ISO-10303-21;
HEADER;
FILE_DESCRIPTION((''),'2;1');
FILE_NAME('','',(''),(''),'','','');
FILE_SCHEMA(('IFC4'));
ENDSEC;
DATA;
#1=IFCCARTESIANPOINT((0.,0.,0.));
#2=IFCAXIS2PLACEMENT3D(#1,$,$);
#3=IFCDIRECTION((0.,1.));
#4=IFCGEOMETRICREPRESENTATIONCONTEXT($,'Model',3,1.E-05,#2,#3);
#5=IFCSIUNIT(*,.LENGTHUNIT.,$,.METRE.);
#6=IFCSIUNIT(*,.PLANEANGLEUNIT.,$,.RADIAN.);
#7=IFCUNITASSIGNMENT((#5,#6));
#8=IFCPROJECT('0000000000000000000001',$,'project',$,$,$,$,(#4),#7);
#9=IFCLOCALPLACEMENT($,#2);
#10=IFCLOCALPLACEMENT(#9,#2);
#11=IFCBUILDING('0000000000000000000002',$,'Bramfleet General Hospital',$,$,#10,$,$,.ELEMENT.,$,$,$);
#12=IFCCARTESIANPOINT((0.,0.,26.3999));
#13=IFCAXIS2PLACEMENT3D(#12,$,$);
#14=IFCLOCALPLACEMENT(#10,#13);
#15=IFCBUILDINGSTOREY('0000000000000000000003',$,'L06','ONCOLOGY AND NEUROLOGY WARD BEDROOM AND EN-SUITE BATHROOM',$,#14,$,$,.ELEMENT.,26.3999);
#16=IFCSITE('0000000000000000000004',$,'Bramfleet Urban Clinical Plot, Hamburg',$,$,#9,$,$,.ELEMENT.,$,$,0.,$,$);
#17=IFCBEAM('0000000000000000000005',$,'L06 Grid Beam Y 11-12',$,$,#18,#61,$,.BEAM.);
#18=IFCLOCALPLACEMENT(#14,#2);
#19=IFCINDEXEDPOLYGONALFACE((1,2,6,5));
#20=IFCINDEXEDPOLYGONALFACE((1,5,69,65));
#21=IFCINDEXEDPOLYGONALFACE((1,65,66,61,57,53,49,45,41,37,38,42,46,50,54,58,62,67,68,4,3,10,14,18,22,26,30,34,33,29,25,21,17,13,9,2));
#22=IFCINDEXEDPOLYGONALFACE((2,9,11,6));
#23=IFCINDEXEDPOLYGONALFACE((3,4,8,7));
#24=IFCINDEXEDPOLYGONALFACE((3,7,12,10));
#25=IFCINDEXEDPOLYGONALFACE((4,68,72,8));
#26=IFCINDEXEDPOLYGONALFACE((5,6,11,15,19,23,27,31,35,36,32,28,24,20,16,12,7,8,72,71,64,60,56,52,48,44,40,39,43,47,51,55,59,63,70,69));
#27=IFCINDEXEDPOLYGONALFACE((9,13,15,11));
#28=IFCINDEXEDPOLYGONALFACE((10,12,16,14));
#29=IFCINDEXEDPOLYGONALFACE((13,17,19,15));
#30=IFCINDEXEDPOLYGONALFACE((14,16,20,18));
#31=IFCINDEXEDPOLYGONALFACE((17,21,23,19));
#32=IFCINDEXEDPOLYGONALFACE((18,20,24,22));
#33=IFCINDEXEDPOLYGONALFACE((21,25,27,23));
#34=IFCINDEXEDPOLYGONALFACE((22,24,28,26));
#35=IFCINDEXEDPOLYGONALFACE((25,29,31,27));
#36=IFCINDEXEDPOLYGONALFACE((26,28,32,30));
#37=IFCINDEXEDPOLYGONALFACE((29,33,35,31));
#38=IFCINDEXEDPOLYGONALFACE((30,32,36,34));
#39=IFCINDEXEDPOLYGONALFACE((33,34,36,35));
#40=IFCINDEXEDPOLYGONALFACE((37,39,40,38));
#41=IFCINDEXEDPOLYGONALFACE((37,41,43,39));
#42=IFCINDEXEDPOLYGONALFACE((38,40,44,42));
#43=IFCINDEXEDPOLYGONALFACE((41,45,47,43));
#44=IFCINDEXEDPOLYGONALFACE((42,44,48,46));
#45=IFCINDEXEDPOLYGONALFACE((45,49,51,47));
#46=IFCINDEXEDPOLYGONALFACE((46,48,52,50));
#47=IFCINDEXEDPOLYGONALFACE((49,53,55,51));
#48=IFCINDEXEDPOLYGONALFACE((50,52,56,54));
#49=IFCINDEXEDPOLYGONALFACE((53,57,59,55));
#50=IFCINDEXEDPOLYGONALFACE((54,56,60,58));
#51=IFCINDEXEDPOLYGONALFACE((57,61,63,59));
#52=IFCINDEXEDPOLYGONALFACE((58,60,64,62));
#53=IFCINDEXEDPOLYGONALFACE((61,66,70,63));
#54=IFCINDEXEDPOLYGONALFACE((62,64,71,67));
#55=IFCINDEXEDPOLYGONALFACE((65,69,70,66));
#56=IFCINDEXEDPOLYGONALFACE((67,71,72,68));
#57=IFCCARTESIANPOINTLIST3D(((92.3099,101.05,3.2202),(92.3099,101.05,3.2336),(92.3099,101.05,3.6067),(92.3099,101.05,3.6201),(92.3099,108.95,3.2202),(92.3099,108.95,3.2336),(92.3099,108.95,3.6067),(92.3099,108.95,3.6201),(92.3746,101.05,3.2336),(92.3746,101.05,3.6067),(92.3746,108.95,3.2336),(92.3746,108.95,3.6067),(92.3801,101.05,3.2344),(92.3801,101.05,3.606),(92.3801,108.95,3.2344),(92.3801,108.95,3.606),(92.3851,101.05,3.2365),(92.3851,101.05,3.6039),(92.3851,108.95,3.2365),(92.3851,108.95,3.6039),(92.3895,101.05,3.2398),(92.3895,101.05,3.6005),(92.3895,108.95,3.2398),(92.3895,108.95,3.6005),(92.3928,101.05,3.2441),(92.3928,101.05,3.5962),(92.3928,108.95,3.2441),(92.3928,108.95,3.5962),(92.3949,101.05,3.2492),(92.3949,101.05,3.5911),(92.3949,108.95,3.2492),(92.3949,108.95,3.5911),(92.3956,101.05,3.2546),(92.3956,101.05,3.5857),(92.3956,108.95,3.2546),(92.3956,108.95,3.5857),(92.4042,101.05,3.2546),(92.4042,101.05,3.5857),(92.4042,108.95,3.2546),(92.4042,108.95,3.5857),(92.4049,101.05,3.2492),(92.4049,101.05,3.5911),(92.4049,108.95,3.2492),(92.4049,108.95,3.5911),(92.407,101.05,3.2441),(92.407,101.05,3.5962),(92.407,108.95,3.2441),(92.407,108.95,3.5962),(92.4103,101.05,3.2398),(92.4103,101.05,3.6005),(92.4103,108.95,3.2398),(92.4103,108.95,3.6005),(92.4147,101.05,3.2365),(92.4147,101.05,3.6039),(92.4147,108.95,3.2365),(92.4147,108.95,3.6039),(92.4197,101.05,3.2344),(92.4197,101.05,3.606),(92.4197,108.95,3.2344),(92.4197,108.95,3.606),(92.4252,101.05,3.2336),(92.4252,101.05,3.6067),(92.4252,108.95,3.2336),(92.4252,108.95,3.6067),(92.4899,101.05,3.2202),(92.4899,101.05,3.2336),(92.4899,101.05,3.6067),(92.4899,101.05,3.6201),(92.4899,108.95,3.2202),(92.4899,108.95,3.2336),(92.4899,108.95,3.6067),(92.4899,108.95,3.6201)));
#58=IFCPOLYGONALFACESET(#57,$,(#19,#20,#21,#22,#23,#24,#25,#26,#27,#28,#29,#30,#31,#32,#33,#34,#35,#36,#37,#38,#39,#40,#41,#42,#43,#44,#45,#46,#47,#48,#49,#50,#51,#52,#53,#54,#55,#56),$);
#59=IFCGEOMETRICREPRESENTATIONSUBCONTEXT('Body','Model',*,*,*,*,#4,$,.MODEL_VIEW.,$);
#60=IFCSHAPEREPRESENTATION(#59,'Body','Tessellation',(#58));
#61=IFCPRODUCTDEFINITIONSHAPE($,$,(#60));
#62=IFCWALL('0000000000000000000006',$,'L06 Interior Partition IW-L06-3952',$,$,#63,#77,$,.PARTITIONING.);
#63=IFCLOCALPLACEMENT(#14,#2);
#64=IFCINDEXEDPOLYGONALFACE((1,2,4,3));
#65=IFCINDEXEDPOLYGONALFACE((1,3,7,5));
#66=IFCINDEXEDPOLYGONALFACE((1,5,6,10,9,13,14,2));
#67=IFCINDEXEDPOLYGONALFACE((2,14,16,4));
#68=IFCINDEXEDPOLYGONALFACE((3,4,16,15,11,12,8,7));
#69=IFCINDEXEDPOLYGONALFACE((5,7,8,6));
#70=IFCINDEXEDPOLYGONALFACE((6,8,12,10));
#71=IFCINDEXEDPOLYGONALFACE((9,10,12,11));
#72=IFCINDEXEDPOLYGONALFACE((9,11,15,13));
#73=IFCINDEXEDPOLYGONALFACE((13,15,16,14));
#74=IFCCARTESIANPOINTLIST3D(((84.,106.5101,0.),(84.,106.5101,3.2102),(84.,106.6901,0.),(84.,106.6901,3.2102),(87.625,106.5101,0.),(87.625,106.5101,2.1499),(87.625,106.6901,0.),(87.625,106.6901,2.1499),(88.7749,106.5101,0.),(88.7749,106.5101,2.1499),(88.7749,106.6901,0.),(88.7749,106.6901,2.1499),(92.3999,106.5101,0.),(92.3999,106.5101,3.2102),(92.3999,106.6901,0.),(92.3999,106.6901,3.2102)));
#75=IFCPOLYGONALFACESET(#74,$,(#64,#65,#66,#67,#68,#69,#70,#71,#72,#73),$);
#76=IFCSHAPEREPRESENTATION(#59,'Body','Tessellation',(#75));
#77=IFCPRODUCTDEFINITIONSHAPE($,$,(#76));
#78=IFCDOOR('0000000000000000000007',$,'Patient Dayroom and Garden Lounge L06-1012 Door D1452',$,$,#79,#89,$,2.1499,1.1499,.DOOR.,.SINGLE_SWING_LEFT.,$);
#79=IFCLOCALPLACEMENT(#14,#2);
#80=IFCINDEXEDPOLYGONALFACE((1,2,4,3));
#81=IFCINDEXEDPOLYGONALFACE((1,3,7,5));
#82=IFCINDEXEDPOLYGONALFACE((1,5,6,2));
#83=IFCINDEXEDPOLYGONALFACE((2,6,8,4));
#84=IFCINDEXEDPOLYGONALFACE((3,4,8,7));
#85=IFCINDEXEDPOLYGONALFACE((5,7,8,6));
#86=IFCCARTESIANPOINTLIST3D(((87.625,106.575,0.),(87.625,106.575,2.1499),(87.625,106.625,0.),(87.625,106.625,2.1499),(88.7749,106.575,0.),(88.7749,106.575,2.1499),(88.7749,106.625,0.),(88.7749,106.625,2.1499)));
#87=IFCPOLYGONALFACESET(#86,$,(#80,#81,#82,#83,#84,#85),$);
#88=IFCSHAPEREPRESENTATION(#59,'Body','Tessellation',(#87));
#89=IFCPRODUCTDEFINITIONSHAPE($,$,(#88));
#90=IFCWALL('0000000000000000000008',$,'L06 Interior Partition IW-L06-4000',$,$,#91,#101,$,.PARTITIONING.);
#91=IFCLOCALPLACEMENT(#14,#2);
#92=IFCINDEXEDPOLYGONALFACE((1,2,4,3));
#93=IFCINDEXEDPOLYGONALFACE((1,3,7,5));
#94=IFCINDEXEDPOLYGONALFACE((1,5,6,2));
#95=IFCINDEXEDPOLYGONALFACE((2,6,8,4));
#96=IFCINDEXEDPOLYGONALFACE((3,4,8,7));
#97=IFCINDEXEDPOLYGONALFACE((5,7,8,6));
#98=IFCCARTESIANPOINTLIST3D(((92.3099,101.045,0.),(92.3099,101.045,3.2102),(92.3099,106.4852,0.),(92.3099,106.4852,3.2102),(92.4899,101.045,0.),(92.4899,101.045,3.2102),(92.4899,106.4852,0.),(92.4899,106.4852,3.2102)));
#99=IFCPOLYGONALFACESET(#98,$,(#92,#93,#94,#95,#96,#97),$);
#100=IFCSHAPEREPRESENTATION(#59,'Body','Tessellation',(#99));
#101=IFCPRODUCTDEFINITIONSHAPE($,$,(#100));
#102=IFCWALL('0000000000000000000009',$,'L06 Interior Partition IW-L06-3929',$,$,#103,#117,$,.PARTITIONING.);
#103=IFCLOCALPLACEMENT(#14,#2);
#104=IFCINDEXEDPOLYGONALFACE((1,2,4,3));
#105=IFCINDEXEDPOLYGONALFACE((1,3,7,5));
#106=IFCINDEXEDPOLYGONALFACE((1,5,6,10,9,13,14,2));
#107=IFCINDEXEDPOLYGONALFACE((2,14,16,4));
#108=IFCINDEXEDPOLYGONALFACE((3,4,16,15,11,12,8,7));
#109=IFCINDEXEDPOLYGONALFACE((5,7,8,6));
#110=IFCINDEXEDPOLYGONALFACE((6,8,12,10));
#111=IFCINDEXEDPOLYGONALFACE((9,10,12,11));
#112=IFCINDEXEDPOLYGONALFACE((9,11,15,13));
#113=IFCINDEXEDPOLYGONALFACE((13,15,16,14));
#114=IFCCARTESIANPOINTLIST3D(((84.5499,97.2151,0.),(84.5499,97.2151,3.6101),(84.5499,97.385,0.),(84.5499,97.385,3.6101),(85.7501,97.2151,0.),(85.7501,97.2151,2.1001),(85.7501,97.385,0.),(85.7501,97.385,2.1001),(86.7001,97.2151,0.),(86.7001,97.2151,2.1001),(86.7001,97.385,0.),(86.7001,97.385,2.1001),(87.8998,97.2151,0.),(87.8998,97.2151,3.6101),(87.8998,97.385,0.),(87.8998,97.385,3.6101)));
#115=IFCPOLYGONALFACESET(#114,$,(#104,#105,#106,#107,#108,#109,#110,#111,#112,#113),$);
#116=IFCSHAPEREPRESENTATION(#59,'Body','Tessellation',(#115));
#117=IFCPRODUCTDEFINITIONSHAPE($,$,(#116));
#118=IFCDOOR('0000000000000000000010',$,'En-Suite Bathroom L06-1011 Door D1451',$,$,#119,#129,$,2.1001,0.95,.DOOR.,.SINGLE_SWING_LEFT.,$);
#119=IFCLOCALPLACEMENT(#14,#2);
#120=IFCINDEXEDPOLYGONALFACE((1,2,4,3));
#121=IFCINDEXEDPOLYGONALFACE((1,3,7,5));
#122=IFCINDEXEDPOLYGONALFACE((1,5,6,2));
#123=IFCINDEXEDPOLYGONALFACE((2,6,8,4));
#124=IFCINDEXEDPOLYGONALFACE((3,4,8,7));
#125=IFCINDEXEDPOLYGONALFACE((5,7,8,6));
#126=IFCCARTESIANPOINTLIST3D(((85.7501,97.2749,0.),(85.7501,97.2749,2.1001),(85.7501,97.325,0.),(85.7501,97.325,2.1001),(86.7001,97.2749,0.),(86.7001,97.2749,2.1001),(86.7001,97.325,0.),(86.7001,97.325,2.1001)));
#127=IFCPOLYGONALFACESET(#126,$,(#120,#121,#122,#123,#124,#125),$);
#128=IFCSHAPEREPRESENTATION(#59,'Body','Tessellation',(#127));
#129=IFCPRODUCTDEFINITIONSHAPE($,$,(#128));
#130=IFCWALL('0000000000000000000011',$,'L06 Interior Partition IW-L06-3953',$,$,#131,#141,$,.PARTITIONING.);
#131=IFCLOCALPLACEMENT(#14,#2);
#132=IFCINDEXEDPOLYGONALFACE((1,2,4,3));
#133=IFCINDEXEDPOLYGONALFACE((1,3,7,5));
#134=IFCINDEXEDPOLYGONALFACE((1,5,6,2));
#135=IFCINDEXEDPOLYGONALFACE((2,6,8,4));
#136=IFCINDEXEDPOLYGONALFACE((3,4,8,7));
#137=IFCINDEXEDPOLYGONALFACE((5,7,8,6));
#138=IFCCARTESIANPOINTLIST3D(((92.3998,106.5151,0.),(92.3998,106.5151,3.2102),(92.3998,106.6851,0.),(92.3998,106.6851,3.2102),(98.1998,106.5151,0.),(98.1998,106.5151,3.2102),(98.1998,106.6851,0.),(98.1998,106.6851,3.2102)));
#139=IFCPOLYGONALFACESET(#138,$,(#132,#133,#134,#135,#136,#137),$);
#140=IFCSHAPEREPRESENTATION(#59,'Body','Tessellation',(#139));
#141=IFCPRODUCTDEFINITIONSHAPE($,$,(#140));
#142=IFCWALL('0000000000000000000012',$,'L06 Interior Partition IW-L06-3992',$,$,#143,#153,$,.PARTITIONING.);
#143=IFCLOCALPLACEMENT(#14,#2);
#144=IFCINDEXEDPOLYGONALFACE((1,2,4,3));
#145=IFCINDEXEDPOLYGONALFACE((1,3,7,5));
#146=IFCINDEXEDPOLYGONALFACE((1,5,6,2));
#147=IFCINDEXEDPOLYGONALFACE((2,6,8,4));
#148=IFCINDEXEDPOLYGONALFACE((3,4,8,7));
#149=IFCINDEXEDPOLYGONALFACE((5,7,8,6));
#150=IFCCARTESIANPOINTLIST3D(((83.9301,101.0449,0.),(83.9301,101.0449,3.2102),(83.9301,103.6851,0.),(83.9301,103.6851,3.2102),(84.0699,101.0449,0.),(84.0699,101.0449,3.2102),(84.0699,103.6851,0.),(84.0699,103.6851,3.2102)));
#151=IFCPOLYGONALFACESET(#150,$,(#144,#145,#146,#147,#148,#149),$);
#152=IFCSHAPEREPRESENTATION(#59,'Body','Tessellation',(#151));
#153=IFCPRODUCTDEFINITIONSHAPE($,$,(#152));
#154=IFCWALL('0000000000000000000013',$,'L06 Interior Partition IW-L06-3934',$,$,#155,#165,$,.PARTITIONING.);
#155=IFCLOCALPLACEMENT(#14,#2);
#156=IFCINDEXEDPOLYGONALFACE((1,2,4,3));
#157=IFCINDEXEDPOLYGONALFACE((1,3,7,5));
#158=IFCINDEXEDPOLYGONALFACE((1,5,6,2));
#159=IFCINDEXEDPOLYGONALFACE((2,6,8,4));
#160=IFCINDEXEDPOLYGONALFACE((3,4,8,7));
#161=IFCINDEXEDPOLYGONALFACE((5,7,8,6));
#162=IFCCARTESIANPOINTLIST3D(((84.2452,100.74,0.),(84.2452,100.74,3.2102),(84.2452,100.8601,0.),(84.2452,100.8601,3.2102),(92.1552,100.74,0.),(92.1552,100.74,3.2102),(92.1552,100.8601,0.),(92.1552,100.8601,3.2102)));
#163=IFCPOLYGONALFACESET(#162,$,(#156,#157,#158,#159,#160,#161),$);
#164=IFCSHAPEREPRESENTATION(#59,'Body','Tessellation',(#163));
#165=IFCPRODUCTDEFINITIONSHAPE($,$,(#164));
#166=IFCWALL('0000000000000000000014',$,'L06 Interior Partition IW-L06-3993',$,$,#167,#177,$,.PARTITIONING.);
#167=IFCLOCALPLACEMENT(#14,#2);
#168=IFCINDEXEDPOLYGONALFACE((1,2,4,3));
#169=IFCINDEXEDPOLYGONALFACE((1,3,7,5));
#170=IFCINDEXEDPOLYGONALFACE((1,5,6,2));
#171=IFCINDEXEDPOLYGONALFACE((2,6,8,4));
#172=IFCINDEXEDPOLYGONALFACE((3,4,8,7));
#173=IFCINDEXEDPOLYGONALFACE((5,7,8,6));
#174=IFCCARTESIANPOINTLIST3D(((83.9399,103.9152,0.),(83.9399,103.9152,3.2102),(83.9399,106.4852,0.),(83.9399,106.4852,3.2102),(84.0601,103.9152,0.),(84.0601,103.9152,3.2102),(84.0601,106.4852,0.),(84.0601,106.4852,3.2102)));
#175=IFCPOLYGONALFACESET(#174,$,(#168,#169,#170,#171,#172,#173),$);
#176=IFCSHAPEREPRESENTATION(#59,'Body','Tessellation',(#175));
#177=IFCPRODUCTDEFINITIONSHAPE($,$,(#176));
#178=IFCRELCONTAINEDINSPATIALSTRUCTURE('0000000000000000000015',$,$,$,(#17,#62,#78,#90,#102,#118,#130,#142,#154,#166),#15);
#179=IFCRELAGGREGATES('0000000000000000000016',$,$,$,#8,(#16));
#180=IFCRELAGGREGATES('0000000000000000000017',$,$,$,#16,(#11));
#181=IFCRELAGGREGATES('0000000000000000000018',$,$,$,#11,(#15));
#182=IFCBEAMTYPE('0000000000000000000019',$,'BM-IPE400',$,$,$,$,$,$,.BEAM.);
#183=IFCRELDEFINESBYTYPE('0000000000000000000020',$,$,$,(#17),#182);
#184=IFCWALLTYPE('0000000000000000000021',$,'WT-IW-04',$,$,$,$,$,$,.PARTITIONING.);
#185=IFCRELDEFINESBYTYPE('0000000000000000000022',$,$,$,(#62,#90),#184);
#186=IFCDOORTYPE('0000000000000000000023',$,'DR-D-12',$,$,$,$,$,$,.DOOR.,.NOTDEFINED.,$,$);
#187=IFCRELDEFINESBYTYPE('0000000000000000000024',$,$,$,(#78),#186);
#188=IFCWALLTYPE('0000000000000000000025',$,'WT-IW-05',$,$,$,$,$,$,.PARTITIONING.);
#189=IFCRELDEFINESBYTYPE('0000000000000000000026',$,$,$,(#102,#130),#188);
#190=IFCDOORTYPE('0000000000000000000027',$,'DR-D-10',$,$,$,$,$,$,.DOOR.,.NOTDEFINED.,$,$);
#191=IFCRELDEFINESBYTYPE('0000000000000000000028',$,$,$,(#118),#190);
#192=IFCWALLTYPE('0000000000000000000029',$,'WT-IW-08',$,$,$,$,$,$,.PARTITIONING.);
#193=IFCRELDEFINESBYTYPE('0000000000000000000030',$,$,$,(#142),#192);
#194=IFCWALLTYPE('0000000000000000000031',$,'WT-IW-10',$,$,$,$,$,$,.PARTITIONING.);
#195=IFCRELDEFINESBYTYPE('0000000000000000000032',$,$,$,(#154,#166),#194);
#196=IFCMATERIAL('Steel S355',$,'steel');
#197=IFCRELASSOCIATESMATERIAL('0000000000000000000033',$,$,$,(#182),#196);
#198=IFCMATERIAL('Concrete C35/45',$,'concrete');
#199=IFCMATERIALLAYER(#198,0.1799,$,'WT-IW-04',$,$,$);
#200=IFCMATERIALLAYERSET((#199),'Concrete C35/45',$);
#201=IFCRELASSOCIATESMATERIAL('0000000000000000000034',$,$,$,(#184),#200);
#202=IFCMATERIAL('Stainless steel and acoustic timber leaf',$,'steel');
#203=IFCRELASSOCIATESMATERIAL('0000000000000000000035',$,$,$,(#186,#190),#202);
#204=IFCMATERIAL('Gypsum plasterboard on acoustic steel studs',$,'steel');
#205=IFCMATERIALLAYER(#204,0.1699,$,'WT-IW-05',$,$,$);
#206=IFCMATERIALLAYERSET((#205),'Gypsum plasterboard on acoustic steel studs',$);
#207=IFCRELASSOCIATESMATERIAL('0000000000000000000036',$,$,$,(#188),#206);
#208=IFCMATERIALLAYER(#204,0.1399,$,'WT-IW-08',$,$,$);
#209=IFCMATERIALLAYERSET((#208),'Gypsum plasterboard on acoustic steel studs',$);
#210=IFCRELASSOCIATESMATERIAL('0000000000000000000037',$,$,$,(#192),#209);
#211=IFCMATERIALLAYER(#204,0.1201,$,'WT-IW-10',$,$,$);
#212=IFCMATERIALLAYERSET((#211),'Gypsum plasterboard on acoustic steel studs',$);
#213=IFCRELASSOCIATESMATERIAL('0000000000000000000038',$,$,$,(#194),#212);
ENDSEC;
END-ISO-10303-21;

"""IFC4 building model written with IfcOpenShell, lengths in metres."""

from ifc_helpers import new_model, si_unit, direction, frame, frame_2d, origin, origin_2d, place, context, subcontext, project, spatial, rectangle, i_section, extrude, material, layer, layer_set, material_profile, profile_set, type_object, element, fill, save


model = new_model("IFC4")

# Units and contexts
model_context = context("Model", 3, precision=1e-05, world=origin(), true_north=direction((0.0, 1.0)))
body_context = subcontext(model_context, "Body", "Model", "MODEL_VIEW")
ifc_project = project(units=[si_unit("LENGTHUNIT", "METRE"), si_unit("PLANEANGLEUNIT", "RADIAN")], contexts=[model_context])

# Site, building, storey
site_placement = place(None, origin())
site = spatial("IfcSite", under=ifc_project, at=site_placement, Name="Bramfleet Urban Clinical Plot, Hamburg", CompositionType="ELEMENT", RefElevation=0.0)
building_placement = place(site_placement, origin())
building = spatial("IfcBuilding", under=site, at=building_placement, Name="Bramfleet General Hospital", CompositionType="ELEMENT")
storey_placement = place(building_placement, frame((0.0, 0.0, 26.3999)))
storey = spatial("IfcBuildingStorey", under=building, at=storey_placement, Name="L06", Description="ONCOLOGY AND NEUROLOGY WARD BEDROOM AND EN-SUITE BATHROOM", CompositionType="ELEMENT", Elevation=26.3999)

# Beam
ifc_material_1 = material(Name="Steel S355", Category="steel")
ifc_material_profile_1 = material_profile(ifc_material_1, i_section(OverallWidth=0.1799, OverallDepth=0.3999, WebThickness=0.0085, FlangeThickness=0.0134, FilletRadius=0.021, at=origin_2d()), Name="IPE 400")
ifc_profile_set_1 = profile_set([ifc_material_profile_1], Name="Steel S355")
beam_type_1 = type_object("IfcBeamType", Name="BM-IPE400", PredefinedType="BEAM", material=ifc_profile_set_1)
for number, where, z_axis, x_axis, name in (
    (1, (92.3999, 101.05, 3.4202), (0.0, 1.0, 0.0), (-1.0, 0.0, 0.0), "L06 Grid Beam Y 11-12"),
):
    element("IfcBeam", number, at=place(storey_placement, frame(where, z_axis=z_axis, x_axis=x_axis)), inside=storey, type_object=beam_type_1, Name=name, PredefinedType="BEAM", context=body_context, shape_type="SweptSolid", body=[
        extrude(i_section(OverallWidth=0.1799, OverallDepth=0.3999, WebThickness=0.0085, FlangeThickness=0.0134, FilletRadius=0.021, at=origin_2d()), origin(), (0.0, 0.0, 1.0), 7.8999),
    ])

# Wall, opening, door
ifc_material_2 = material(Name="Concrete C35/45", Category="concrete")
ifc_material_3 = material(Name="Stainless steel and acoustic timber leaf", Category="steel")
ifc_layer_1 = layer(ifc_material_2, 0.1799, Name="WT-IW-04")
ifc_layer_set_1 = layer_set([ifc_layer_1], Name="Concrete C35/45")
wall_type_1 = type_object("IfcWallType", Name="WT-IW-04", PredefinedType="PARTITIONING", material=ifc_layer_set_1)
wall_1_placement = place(storey_placement, frame((84.0, 106.6001, 0.0), z_axis=(0.0, 0.0, 1.0), x_axis=(1.0, 0.0, 0.0)))
wall_1 = element("IfcWall", 2, at=wall_1_placement, inside=storey, type_object=wall_type_1, Name="L06 Interior Partition IW-L06-3952", PredefinedType="PARTITIONING", context=body_context, shape_type="SweptSolid", body=[
    extrude(rectangle(XDim=8.3999, YDim=0.1799, at=frame_2d((4.2, 0.0))), origin(), (0.0, 0.0, 1.0), 3.2102),
])
opening_1_placement = place(wall_1_placement, frame((3.625, 0.0, 0.0)))
opening_1 = element("IfcOpeningElement", 3, at=opening_1_placement, cuts=wall_1, PredefinedType="OPENING", context=body_context, shape_type="SweptSolid", body=[
    extrude(rectangle(XDim=1.1499, YDim=2.1499, at=frame_2d((0.575, 1.075))), frame((0.0, 0.0999, 0.0), z_axis=(0.0, -1.0, 0.0), x_axis=(1.0, 0.0, 0.0)), (0.0, 0.0, 1.0), 0.2),
])
door_type_1 = type_object("IfcDoorType", Name="DR-D-12", OperationType="NOTDEFINED", PredefinedType="DOOR", material=ifc_material_3)
door_1_placement = place(opening_1_placement, origin())
door_1 = element("IfcDoor", 4, at=door_1_placement, inside=storey, type_object=door_type_1, Name="Patient Dayroom and Garden Lounge L06-1012 Door D1452", OperationType="SINGLE_SWING_LEFT", OverallHeight=2.1499, OverallWidth=1.1499, PredefinedType="DOOR", context=body_context, shape_type="SweptSolid", body=[
    extrude(rectangle(XDim=1.1499, YDim=2.1499, at=frame_2d((0.575, 1.075))), frame((0.0, 0.0249, 0.0), z_axis=(0.0, -1.0, 0.0), x_axis=(1.0, 0.0, 0.0)), (0.0, 0.0, 1.0), 0.05),
])
fill(opening_1, door_1)

# Wall
wall_2_placement = place(storey_placement, frame((92.3999, 101.0449, 0.0), z_axis=(0.0, 0.0, 1.0), x_axis=(0.0, 1.0, 0.0)))
element("IfcWall", 5, at=wall_2_placement, inside=storey, type_object=wall_type_1, Name="L06 Interior Partition IW-L06-4000", PredefinedType="PARTITIONING", context=body_context, shape_type="SweptSolid", body=[
    extrude(rectangle(XDim=5.4402, YDim=0.1799, at=frame_2d((2.7202, 0.0))), origin(), (0.0, 0.0, 1.0), 3.2102),
])

# Wall, opening, door
ifc_material_4 = material(Name="Gypsum plasterboard on acoustic steel studs", Category="steel")
ifc_layer_2 = layer(ifc_material_4, 0.1699, Name="WT-IW-05")
ifc_layer_set_2 = layer_set([ifc_layer_2], Name="Gypsum plasterboard on acoustic steel studs")
wall_type_2 = type_object("IfcWallType", Name="WT-IW-05", PredefinedType="PARTITIONING", material=ifc_layer_set_2)
wall_3_placement = place(storey_placement, frame((84.55, 97.3, 0.0), z_axis=(0.0, 0.0, 1.0), x_axis=(1.0, 0.0, 0.0)))
wall_3 = element("IfcWall", 6, at=wall_3_placement, inside=storey, type_object=wall_type_2, Name="L06 Interior Partition IW-L06-3929", PredefinedType="PARTITIONING", context=body_context, shape_type="SweptSolid", body=[
    extrude(rectangle(XDim=3.3499, YDim=0.1699, at=frame_2d((1.6748, 0.0))), origin(), (0.0, 0.0, 1.0), 3.6101),
])
opening_2_placement = place(wall_3_placement, frame((1.2, 0.0, 0.0)))
opening_2 = element("IfcOpeningElement", 7, at=opening_2_placement, cuts=wall_3, PredefinedType="OPENING", context=body_context, shape_type="SweptSolid", body=[
    extrude(rectangle(XDim=0.95, YDim=2.1001, at=frame_2d((0.4751, 1.05))), frame((0.0, 0.095, 0.0), z_axis=(0.0, -1.0, 0.0), x_axis=(1.0, 0.0, 0.0)), (0.0, 0.0, 1.0), 0.1899),
])
door_type_2 = type_object("IfcDoorType", Name="DR-D-10", OperationType="NOTDEFINED", PredefinedType="DOOR", material=ifc_material_3)
door_2_placement = place(opening_2_placement, origin())
door_2 = element("IfcDoor", 8, at=door_2_placement, inside=storey, type_object=door_type_2, Name="En-Suite Bathroom L06-1011 Door D1451", OperationType="SINGLE_SWING_LEFT", OverallHeight=2.1001, OverallWidth=0.95, PredefinedType="DOOR", context=body_context, shape_type="SweptSolid", body=[
    extrude(rectangle(XDim=0.95, YDim=2.1001, at=frame_2d((0.4751, 1.05))), frame((0.0, 0.0249, 0.0), z_axis=(0.0, -1.0, 0.0), x_axis=(1.0, 0.0, 0.0)), (0.0, 0.0, 1.0), 0.05),
])
fill(opening_2, door_2)

# Walls
wall_4_placement = place(storey_placement, frame((92.3999, 106.6001, 0.0), z_axis=(0.0, 0.0, 1.0), x_axis=(1.0, 0.0, 0.0)))
element("IfcWall", 9, at=wall_4_placement, inside=storey, type_object=wall_type_2, Name="L06 Interior Partition IW-L06-3953", PredefinedType="PARTITIONING", context=body_context, shape_type="SweptSolid", body=[
    extrude(rectangle(XDim=5.8, YDim=0.1699, at=frame_2d((2.8999, 0.0))), origin(), (0.0, 0.0, 1.0), 3.2102),
])
ifc_layer_3 = layer(ifc_material_4, 0.1399, Name="WT-IW-08")
ifc_layer_set_3 = layer_set([ifc_layer_3], Name="Gypsum plasterboard on acoustic steel studs")
wall_type_3 = type_object("IfcWallType", Name="WT-IW-08", PredefinedType="PARTITIONING", material=ifc_layer_set_3)
wall_5_placement = place(storey_placement, frame((84.0, 101.0449, 0.0), z_axis=(0.0, 0.0, 1.0), x_axis=(0.0, 1.0, 0.0)))
element("IfcWall", 10, at=wall_5_placement, inside=storey, type_object=wall_type_3, Name="L06 Interior Partition IW-L06-3992", PredefinedType="PARTITIONING", context=body_context, shape_type="SweptSolid", body=[
    extrude(rectangle(XDim=2.6401, YDim=0.1399, at=frame_2d((1.3201, 0.0))), origin(), (0.0, 0.0, 1.0), 3.2102),
])
ifc_layer_4 = layer(ifc_material_4, 0.1201, Name="WT-IW-10")
ifc_layer_set_4 = layer_set([ifc_layer_4], Name="Gypsum plasterboard on acoustic steel studs")
wall_type_4 = type_object("IfcWallType", Name="WT-IW-10", PredefinedType="PARTITIONING", material=ifc_layer_set_4)
wall_6_placement = place(storey_placement, frame((84.2451, 100.8, 0.0), z_axis=(0.0, 0.0, 1.0), x_axis=(1.0, 0.0, 0.0)))
element("IfcWall", 11, at=wall_6_placement, inside=storey, type_object=wall_type_4, Name="L06 Interior Partition IW-L06-3934", PredefinedType="PARTITIONING", context=body_context, shape_type="SweptSolid", body=[
    extrude(rectangle(XDim=7.9099, YDim=0.1201, at=frame_2d((3.9551, 0.0))), origin(), (0.0, 0.0, 1.0), 3.2102),
])
wall_7_placement = place(storey_placement, frame((84.0, 103.915, 0.0), z_axis=(0.0, 0.0, 1.0), x_axis=(0.0, 1.0, 0.0)))
element("IfcWall", 12, at=wall_7_placement, inside=storey, type_object=wall_type_4, Name="L06 Interior Partition IW-L06-3993", PredefinedType="PARTITIONING", context=body_context, shape_type="SweptSolid", body=[
    extrude(rectangle(XDim=2.5701, YDim=0.1201, at=frame_2d((1.2852, 0.0))), origin(), (0.0, 0.0, 1.0), 3.2102),
])

save(model, "model.ifc")
